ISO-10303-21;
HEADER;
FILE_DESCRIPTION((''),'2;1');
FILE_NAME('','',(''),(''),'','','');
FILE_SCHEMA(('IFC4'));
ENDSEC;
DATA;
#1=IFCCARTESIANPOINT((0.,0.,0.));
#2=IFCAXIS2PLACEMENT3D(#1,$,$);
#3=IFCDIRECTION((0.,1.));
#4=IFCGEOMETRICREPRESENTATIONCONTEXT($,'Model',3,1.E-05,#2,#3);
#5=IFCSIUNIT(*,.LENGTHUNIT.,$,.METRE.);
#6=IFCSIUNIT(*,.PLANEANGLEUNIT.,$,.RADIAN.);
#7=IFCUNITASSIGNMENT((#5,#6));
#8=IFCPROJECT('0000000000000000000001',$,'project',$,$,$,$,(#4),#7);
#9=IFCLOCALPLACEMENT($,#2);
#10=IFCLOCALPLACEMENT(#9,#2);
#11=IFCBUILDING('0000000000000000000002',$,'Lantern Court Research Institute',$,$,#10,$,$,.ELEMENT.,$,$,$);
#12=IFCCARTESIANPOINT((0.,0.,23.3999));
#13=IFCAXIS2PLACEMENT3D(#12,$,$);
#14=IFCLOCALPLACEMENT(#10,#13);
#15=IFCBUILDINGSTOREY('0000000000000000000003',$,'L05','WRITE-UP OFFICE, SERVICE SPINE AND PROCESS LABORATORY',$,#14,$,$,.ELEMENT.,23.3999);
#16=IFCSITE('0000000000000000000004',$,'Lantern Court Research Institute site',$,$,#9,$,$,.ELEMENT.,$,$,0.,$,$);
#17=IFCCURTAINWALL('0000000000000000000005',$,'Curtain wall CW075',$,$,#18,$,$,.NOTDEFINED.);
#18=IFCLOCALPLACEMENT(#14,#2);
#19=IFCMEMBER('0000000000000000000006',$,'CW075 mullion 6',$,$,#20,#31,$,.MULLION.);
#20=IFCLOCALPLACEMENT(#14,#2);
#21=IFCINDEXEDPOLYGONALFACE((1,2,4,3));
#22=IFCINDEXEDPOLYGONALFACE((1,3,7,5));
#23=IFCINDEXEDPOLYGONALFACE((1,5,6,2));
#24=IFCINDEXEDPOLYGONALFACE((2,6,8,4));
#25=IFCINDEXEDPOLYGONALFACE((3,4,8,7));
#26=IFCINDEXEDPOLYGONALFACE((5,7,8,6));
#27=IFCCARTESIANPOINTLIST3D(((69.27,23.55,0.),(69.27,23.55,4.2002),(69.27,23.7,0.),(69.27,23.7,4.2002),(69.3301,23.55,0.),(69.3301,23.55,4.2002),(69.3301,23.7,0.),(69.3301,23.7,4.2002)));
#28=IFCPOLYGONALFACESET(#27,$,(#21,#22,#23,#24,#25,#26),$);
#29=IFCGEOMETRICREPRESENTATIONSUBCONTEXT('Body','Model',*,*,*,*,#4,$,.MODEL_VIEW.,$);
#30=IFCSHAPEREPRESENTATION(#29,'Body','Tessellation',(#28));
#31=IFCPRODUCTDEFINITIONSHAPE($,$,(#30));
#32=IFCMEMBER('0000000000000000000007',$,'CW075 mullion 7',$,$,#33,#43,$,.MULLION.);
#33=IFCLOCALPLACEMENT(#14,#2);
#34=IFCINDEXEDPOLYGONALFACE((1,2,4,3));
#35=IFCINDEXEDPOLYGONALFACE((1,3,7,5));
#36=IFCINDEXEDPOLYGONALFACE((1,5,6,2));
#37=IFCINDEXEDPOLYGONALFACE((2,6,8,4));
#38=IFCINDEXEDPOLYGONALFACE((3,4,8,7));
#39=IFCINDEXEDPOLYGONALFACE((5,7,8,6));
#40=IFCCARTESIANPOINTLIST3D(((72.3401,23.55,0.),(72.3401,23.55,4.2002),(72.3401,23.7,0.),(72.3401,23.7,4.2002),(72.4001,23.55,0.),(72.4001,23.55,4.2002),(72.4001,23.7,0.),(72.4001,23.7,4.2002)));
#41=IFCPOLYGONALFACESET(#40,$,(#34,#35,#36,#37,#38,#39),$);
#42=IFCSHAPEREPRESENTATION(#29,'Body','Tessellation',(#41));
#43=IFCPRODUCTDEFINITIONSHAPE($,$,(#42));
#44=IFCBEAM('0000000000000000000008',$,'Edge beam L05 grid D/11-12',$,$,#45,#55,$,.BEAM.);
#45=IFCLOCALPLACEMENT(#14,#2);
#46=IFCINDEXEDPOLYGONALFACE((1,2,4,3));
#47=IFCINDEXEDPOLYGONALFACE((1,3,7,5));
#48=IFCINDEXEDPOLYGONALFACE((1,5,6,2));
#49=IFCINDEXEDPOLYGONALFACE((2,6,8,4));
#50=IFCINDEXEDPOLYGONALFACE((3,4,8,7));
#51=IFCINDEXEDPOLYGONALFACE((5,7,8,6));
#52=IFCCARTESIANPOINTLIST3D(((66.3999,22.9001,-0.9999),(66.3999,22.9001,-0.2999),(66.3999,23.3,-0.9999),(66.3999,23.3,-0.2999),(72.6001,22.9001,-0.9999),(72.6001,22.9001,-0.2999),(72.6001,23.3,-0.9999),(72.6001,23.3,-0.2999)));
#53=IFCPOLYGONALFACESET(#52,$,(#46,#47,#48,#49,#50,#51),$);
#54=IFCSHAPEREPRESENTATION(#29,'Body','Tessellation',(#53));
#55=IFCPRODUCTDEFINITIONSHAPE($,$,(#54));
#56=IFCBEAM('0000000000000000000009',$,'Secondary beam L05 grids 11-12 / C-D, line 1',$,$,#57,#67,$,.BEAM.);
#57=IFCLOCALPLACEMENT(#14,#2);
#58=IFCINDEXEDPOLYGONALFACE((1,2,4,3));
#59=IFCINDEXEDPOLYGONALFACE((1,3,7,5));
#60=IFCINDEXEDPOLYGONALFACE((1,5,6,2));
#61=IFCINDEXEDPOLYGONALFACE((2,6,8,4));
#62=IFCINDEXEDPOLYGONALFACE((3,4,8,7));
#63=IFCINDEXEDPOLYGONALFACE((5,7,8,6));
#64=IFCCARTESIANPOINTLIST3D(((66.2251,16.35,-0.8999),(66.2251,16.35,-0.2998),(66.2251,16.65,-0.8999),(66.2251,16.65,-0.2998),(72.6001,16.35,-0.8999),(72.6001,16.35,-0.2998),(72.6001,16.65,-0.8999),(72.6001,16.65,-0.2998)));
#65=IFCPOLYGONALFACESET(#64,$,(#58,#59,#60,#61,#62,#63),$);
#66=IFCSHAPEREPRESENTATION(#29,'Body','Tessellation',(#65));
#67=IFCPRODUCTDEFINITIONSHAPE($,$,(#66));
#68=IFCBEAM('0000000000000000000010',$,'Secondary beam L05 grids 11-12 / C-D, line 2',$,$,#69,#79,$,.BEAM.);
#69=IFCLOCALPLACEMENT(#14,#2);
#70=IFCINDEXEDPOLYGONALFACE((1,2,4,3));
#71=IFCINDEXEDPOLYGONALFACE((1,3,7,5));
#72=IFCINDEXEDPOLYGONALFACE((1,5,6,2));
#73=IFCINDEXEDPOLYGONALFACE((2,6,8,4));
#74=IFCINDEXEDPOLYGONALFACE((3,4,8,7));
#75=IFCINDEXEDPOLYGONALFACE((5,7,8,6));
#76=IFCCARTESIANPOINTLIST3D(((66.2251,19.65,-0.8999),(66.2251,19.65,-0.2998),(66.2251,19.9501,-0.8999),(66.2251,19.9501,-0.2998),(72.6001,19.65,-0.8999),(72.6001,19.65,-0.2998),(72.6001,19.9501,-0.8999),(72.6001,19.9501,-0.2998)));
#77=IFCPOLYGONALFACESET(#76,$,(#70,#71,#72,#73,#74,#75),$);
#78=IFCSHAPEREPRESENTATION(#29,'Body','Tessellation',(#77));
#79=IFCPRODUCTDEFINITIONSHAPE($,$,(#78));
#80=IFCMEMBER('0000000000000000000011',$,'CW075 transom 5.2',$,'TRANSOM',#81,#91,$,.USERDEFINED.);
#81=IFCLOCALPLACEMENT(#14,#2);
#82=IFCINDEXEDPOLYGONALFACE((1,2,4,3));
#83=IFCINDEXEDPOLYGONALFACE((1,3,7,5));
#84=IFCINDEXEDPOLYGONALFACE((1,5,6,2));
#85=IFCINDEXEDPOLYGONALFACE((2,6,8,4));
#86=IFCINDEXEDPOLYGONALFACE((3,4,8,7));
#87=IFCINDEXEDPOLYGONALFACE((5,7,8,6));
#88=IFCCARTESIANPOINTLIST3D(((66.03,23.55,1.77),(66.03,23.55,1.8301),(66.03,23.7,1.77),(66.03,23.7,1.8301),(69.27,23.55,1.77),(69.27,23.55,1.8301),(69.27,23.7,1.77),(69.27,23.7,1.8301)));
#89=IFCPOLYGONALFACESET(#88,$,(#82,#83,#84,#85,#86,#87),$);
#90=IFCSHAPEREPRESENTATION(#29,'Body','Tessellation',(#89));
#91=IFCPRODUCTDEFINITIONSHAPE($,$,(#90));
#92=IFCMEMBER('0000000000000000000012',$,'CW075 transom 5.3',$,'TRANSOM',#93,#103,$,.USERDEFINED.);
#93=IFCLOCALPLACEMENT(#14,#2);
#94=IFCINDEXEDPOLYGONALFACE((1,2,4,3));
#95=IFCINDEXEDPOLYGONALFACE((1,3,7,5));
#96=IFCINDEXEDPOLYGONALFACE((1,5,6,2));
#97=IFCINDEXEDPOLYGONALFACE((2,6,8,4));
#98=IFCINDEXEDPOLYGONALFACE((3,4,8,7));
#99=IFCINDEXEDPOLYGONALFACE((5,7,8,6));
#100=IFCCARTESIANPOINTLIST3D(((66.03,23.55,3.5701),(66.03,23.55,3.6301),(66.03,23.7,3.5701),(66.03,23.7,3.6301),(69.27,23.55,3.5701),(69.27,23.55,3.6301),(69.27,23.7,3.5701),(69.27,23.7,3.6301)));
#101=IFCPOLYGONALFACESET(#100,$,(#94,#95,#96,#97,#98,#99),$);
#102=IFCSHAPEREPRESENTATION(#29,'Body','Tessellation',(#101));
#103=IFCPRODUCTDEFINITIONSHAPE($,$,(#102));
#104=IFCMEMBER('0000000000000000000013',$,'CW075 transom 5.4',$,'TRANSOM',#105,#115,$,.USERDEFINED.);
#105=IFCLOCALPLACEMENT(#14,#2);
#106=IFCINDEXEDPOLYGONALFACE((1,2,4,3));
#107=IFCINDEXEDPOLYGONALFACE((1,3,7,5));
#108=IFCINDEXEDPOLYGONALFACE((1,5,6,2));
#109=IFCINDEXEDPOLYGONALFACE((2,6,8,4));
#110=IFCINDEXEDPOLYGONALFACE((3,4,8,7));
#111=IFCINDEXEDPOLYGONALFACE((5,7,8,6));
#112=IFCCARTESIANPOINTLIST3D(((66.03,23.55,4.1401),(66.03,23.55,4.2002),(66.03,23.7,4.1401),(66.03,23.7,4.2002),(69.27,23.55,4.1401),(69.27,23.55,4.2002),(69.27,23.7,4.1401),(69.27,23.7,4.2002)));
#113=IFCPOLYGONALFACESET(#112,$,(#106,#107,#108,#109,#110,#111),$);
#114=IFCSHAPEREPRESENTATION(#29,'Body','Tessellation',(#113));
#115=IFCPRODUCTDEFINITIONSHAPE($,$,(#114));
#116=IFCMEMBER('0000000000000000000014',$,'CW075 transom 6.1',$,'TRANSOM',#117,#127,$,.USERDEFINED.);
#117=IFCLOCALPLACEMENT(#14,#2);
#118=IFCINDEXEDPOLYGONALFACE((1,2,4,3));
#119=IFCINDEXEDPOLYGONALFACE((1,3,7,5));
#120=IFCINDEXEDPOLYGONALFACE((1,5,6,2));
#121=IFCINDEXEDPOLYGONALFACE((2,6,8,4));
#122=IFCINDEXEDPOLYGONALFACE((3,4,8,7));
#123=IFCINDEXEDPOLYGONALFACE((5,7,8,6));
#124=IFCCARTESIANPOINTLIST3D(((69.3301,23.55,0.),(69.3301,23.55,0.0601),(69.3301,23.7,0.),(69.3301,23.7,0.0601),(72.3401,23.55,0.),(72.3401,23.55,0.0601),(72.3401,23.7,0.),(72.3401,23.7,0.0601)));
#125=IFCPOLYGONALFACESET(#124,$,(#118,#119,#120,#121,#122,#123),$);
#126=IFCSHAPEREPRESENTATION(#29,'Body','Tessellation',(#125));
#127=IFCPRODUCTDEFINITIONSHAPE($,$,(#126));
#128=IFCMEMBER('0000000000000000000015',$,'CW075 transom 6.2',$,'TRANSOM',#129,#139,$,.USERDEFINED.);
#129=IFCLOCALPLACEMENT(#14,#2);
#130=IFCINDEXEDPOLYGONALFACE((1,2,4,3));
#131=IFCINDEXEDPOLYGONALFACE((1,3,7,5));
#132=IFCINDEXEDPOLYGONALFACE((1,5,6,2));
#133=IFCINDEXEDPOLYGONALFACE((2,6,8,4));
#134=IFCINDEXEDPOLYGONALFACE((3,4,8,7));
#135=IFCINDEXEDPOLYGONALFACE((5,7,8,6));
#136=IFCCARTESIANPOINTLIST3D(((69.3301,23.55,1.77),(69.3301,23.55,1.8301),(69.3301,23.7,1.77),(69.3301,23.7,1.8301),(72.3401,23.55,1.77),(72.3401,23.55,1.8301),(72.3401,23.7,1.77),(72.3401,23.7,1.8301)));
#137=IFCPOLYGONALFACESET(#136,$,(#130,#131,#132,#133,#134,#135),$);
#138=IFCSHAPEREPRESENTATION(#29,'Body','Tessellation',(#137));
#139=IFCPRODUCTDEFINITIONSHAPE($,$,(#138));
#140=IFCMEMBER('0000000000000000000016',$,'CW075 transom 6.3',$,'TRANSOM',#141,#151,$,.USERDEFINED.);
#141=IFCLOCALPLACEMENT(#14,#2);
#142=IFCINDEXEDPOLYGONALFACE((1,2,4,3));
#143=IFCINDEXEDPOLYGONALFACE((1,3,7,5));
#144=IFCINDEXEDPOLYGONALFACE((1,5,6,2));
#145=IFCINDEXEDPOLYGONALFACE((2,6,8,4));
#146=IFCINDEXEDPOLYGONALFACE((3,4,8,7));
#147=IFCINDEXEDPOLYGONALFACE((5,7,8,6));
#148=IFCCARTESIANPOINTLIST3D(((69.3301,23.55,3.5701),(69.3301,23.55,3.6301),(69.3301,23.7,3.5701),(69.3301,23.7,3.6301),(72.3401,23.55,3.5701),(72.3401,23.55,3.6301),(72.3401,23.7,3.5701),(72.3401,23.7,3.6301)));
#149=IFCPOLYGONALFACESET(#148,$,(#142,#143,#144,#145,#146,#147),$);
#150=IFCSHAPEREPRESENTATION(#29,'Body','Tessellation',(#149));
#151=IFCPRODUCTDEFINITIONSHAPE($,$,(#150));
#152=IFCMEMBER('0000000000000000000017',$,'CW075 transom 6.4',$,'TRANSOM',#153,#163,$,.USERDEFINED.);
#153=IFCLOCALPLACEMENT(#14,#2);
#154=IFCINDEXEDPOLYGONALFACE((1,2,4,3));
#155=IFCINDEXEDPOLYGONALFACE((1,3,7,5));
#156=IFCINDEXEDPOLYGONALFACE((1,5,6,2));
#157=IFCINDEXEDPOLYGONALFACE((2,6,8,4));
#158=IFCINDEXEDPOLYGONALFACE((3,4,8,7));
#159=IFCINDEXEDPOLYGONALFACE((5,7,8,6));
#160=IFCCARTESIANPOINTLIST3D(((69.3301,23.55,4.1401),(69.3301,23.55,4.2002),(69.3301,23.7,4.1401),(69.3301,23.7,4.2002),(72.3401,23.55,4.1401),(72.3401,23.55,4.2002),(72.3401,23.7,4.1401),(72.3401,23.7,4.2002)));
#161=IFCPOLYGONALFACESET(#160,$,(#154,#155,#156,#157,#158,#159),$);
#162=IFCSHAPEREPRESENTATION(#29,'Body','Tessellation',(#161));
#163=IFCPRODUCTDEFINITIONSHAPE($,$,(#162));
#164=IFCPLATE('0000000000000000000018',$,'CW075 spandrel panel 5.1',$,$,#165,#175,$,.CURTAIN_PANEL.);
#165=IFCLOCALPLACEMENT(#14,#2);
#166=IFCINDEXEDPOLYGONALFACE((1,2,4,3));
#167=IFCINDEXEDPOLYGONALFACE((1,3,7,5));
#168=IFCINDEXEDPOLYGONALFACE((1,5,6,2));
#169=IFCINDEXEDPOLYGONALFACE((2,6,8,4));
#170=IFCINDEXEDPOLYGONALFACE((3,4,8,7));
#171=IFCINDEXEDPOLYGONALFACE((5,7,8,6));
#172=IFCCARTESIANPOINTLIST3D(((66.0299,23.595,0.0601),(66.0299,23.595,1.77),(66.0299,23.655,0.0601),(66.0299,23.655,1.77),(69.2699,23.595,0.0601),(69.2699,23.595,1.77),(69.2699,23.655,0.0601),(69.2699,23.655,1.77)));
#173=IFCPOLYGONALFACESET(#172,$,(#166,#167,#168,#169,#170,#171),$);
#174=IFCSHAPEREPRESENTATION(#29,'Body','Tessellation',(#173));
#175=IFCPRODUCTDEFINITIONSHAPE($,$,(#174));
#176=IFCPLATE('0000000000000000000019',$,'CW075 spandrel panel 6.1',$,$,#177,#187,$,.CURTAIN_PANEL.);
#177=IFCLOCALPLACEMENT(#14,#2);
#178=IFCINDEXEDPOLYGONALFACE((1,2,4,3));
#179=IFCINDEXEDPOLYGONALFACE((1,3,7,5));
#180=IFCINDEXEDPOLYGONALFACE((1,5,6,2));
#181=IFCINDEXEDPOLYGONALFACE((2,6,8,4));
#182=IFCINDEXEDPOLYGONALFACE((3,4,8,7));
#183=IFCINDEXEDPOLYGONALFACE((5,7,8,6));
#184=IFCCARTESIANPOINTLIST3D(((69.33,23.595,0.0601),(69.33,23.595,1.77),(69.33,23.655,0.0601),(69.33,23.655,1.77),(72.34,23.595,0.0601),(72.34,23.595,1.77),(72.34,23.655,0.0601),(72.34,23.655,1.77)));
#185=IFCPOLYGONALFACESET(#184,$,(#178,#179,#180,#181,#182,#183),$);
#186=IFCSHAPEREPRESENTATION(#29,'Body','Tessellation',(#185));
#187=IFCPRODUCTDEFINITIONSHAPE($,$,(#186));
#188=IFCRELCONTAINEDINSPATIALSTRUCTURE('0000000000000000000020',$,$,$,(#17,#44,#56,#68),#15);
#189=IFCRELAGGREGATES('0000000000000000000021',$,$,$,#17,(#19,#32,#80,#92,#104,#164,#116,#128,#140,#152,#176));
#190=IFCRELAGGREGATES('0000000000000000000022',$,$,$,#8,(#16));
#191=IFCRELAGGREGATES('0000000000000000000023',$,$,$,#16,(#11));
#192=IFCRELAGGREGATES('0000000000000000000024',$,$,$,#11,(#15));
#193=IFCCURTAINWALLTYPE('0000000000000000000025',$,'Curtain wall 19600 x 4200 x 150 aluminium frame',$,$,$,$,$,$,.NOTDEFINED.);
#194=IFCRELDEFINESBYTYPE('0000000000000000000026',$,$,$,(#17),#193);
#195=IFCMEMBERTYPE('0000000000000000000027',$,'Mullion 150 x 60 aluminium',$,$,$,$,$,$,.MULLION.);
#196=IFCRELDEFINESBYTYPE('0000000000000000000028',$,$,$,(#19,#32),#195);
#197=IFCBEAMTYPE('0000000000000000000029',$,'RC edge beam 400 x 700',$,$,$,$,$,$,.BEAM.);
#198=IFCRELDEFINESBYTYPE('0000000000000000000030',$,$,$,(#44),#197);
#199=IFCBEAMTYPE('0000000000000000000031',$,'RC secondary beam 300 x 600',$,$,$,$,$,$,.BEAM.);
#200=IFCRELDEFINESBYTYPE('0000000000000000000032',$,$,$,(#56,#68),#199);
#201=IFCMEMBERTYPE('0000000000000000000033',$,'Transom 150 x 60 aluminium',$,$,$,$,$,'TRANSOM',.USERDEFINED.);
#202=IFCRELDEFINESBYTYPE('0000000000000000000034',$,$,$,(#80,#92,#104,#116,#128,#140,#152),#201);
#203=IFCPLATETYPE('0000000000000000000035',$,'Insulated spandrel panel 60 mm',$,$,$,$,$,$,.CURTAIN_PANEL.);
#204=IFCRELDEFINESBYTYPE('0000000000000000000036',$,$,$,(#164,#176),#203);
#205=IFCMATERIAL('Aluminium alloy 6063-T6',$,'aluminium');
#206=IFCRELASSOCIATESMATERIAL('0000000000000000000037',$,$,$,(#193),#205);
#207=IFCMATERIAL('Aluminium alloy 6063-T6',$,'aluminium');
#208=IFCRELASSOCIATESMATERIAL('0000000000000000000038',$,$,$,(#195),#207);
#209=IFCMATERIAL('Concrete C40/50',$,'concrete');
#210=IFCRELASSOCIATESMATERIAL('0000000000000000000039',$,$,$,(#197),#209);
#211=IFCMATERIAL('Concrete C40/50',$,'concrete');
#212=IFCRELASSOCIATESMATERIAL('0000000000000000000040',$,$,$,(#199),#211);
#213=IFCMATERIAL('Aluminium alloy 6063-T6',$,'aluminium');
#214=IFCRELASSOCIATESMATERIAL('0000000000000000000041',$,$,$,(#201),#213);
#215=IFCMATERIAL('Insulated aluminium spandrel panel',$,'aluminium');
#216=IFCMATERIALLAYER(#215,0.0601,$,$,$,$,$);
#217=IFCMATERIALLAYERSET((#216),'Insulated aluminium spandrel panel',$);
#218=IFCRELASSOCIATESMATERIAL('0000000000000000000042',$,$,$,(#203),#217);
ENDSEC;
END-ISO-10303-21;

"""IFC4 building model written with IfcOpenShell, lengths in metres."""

from ifc_helpers import new_model, si_unit, direction, frame, origin, origin_2d, place, context, subcontext, project, spatial, rectangle, extrude, material, layer, layer_set, material_profile, profile_set, type_object, element, aggregate, save


model = new_model("IFC4")

# Units and contexts
model_context = context("Model", 3, precision=1e-05, world=origin(), true_north=direction((0.0, 1.0)))
body_context = subcontext(model_context, "Body", "Model", "MODEL_VIEW")
ifc_project = project(units=[si_unit("LENGTHUNIT", "METRE"), si_unit("PLANEANGLEUNIT", "RADIAN")], contexts=[model_context])

# Site, building, storey
site_placement = place(None, origin())
site = spatial("IfcSite", under=ifc_project, at=site_placement, Name="Lantern Court Research Institute site", CompositionType="ELEMENT", RefElevation=0.0)
building_placement = place(site_placement, origin())
building = spatial("IfcBuilding", under=site, at=building_placement, Name="Lantern Court Research Institute", CompositionType="ELEMENT")
storey_placement = place(building_placement, frame((0.0, 0.0, 23.3999)))
storey = spatial("IfcBuildingStorey", under=building, at=storey_placement, Name="L05", Description="WRITE-UP OFFICE, SERVICE SPINE AND PROCESS LABORATORY", CompositionType="ELEMENT", Elevation=23.3999)

# Curtain wall, members
ifc_material_1 = material(Name="Aluminium alloy 6063-T6", Category="aluminium")
curtain_wall_type = type_object("IfcCurtainWallType", Name="Curtain wall 19600 x 4200 x 150 aluminium frame", PredefinedType="NOTDEFINED", material=ifc_material_1)
curtain_wall_placement = place(storey_placement, origin())
curtain_wall = element("IfcCurtainWall", 1, at=curtain_wall_placement, inside=storey, type_object=curtain_wall_type, Name="Curtain wall CW075", PredefinedType="NOTDEFINED")
ifc_material_2 = material(Name="Aluminium alloy 6063-T6", Category="aluminium")
ifc_material_profile_1 = material_profile(ifc_material_2, rectangle(XDim=0.1499, YDim=0.0601, at=origin_2d()), Name="Mullion 150 x 60")
ifc_profile_set_1 = profile_set([ifc_material_profile_1], Name="Aluminium alloy 6063-T6")
member_type_1 = type_object("IfcMemberType", Name="Mullion 150 x 60 aluminium", PredefinedType="MULLION", material=ifc_profile_set_1)
member_1_placement = place(storey_placement, frame((69.3, 23.625, 0.0), z_axis=(0.0, 0.0, 1.0), x_axis=(0.0, 1.0, 0.0)))
member_1 = element("IfcMember", 2, at=member_1_placement, type_object=member_type_1, Name="CW075 mullion 6", PredefinedType="MULLION", context=body_context, shape_type="SweptSolid", body=[
    extrude(rectangle(XDim=0.1499, YDim=0.0601, at=origin_2d()), origin(), (0.0, 0.0, 1.0), 4.2002),
])
member_2_placement = place(storey_placement, frame((72.3701, 23.625, 0.0), z_axis=(0.0, 0.0, 1.0), x_axis=(0.0, 1.0, 0.0)))
member_2 = element("IfcMember", 3, at=member_2_placement, type_object=member_type_1, Name="CW075 mullion 7", PredefinedType="MULLION", context=body_context, shape_type="SweptSolid", body=[
    extrude(rectangle(XDim=0.1499, YDim=0.0601, at=origin_2d()), origin(), (0.0, 0.0, 1.0), 4.2002),
])

# Beams
ifc_material_3 = material(Name="Concrete C40/50", Category="concrete")
ifc_material_profile_2 = material_profile(ifc_material_3, rectangle(XDim=0.3999, YDim=0.7, at=origin_2d()), Name="RC beam 400 x 700")
ifc_profile_set_2 = profile_set([ifc_material_profile_2], Name="Concrete C40/50")
beam_type_1 = type_object("IfcBeamType", Name="RC edge beam 400 x 700", PredefinedType="BEAM", material=ifc_profile_set_2)
beam_placement = place(storey_placement, frame((66.3999, 23.1001, -0.6499), z_axis=(1.0, 0.0, 0.0), x_axis=(0.0, 1.0, 0.0)))
element("IfcBeam", 4, at=beam_placement, inside=storey, type_object=beam_type_1, Name="Edge beam L05 grid D/11-12", PredefinedType="BEAM", context=body_context, shape_type="SweptSolid", body=[
    extrude(rectangle(XDim=0.3999, YDim=0.7, at=origin_2d()), origin(), (0.0, 0.0, 1.0), 6.2002),
])
ifc_material_4 = material(Name="Concrete C40/50", Category="concrete")
ifc_material_profile_3 = material_profile(ifc_material_4, rectangle(XDim=0.3, YDim=0.6001, at=origin_2d()), Name="RC beam 300 x 600")
ifc_profile_set_3 = profile_set([ifc_material_profile_3], Name="Concrete C40/50")
beam_type_2 = type_object("IfcBeamType", Name="RC secondary beam 300 x 600", PredefinedType="BEAM", material=ifc_profile_set_3)
for number, where, z_axis, x_axis, name in (
    (5, (66.2251, 16.5, -0.5999), (1.0, 0.0, 0.0), (0.0, 1.0, 0.0), "Secondary beam L05 grids 11-12 / C-D, line 1"),
    (6, (66.2251, 19.8, -0.5999), (1.0, 0.0, 0.0), (0.0, 1.0, 0.0), "Secondary beam L05 grids 11-12 / C-D, line 2"),
):
    element("IfcBeam", number, at=place(storey_placement, frame(where, z_axis=z_axis, x_axis=x_axis)), inside=storey, type_object=beam_type_2, Name=name, PredefinedType="BEAM", context=body_context, shape_type="SweptSolid", body=[
        extrude(rectangle(XDim=0.3, YDim=0.6001, at=origin_2d()), origin(), (0.0, 0.0, 1.0), 6.375),
    ])

# Members
ifc_material_5 = material(Name="Aluminium alloy 6063-T6", Category="aluminium")
ifc_material_profile_4 = material_profile(ifc_material_5, rectangle(XDim=0.1499, YDim=0.0601, at=origin_2d()), Name="Transom 150 x 60")
ifc_profile_set_4 = profile_set([ifc_material_profile_4], Name="Aluminium alloy 6063-T6")
member_type_2 = type_object("IfcMemberType", Name="Transom 150 x 60 aluminium", ElementType="TRANSOM", PredefinedType="USERDEFINED", material=ifc_profile_set_4)
member_3_placement = place(storey_placement, frame((66.03, 23.625, 1.8), z_axis=(1.0, 0.0, 0.0), x_axis=(0.0, 1.0, 0.0)))
member_3 = element("IfcMember", 7, at=member_3_placement, type_object=member_type_2, Name="CW075 transom 5.2", ObjectType="TRANSOM", PredefinedType="USERDEFINED", context=body_context, shape_type="SweptSolid", body=[
    extrude(rectangle(XDim=0.1499, YDim=0.0601, at=origin_2d()), origin(), (0.0, 0.0, 1.0), 3.24),
])
member_4_placement = place(storey_placement, frame((66.03, 23.625, 3.6001), z_axis=(1.0, 0.0, 0.0), x_axis=(0.0, 1.0, 0.0)))
member_4 = element("IfcMember", 8, at=member_4_placement, type_object=member_type_2, Name="CW075 transom 5.3", ObjectType="TRANSOM", PredefinedType="USERDEFINED", context=body_context, shape_type="SweptSolid", body=[
    extrude(rectangle(XDim=0.1499, YDim=0.0601, at=origin_2d()), origin(), (0.0, 0.0, 1.0), 3.24),
])
member_5_placement = place(storey_placement, frame((66.03, 23.625, 4.1702), z_axis=(1.0, 0.0, 0.0), x_axis=(0.0, 1.0, 0.0)))
member_5 = element("IfcMember", 9, at=member_5_placement, type_object=member_type_2, Name="CW075 transom 5.4", ObjectType="TRANSOM", PredefinedType="USERDEFINED", context=body_context, shape_type="SweptSolid", body=[
    extrude(rectangle(XDim=0.1499, YDim=0.0601, at=origin_2d()), origin(), (0.0, 0.0, 1.0), 3.24),
])
member_6_placement = place(storey_placement, frame((69.3301, 23.625, 0.03), z_axis=(1.0, 0.0, 0.0), x_axis=(0.0, 1.0, 0.0)))
member_6 = element("IfcMember", 10, at=member_6_placement, type_object=member_type_2, Name="CW075 transom 6.1", ObjectType="TRANSOM", PredefinedType="USERDEFINED", context=body_context, shape_type="SweptSolid", body=[
    extrude(rectangle(XDim=0.1499, YDim=0.0601, at=origin_2d()), origin(), (0.0, 0.0, 1.0), 3.01),
])
member_7_placement = place(storey_placement, frame((69.3301, 23.625, 1.8), z_axis=(1.0, 0.0, 0.0), x_axis=(0.0, 1.0, 0.0)))
member_7 = element("IfcMember", 11, at=member_7_placement, type_object=member_type_2, Name="CW075 transom 6.2", ObjectType="TRANSOM", PredefinedType="USERDEFINED", context=body_context, shape_type="SweptSolid", body=[
    extrude(rectangle(XDim=0.1499, YDim=0.0601, at=origin_2d()), origin(), (0.0, 0.0, 1.0), 3.01),
])
member_8_placement = place(storey_placement, frame((69.3301, 23.625, 3.6001), z_axis=(1.0, 0.0, 0.0), x_axis=(0.0, 1.0, 0.0)))
member_8 = element("IfcMember", 12, at=member_8_placement, type_object=member_type_2, Name="CW075 transom 6.3", ObjectType="TRANSOM", PredefinedType="USERDEFINED", context=body_context, shape_type="SweptSolid", body=[
    extrude(rectangle(XDim=0.1499, YDim=0.0601, at=origin_2d()), origin(), (0.0, 0.0, 1.0), 3.01),
])
member_9_placement = place(storey_placement, frame((69.3301, 23.625, 4.1702), z_axis=(1.0, 0.0, 0.0), x_axis=(0.0, 1.0, 0.0)))
member_9 = element("IfcMember", 13, at=member_9_placement, type_object=member_type_2, Name="CW075 transom 6.4", ObjectType="TRANSOM", PredefinedType="USERDEFINED", context=body_context, shape_type="SweptSolid", body=[
    extrude(rectangle(XDim=0.1499, YDim=0.0601, at=origin_2d()), origin(), (0.0, 0.0, 1.0), 3.01),
])

# Plates
ifc_material_6 = material(Name="Insulated aluminium spandrel panel", Category="aluminium")
ifc_layer_1 = layer(ifc_material_6, 0.0601)
ifc_layer_set_1 = layer_set([ifc_layer_1], Name="Insulated aluminium spandrel panel")
plate_type_1 = type_object("IfcPlateType", Name="Insulated spandrel panel 60 mm", PredefinedType="CURTAIN_PANEL", material=ifc_layer_set_1)
plate_1_placement = place(storey_placement, frame((67.6499, 23.625, 0.0601), z_axis=(0.0, 0.0, 1.0), x_axis=(1.0, 0.0, 0.0)))
plate_1 = element("IfcPlate", 14, at=plate_1_placement, type_object=plate_type_1, Name="CW075 spandrel panel 5.1", PredefinedType="CURTAIN_PANEL", context=body_context, shape_type="SweptSolid", body=[
    extrude(rectangle(XDim=3.24, YDim=0.0601, at=origin_2d()), origin(), (0.0, 0.0, 1.0), 1.71),
])
plate_2_placement = place(storey_placement, frame((70.835, 23.625, 0.0601), z_axis=(0.0, 0.0, 1.0), x_axis=(1.0, 0.0, 0.0)))
plate_2 = element("IfcPlate", 15, at=plate_2_placement, type_object=plate_type_1, Name="CW075 spandrel panel 6.1", PredefinedType="CURTAIN_PANEL", context=body_context, shape_type="SweptSolid", body=[
    extrude(rectangle(XDim=3.01, YDim=0.0601, at=origin_2d()), origin(), (0.0, 0.0, 1.0), 1.71),
])
aggregate(curtain_wall, [member_1, member_2, member_3, member_4, member_5, plate_1, member_6, member_7, member_8, member_9, plate_2])

save(model, "model.ifc")
